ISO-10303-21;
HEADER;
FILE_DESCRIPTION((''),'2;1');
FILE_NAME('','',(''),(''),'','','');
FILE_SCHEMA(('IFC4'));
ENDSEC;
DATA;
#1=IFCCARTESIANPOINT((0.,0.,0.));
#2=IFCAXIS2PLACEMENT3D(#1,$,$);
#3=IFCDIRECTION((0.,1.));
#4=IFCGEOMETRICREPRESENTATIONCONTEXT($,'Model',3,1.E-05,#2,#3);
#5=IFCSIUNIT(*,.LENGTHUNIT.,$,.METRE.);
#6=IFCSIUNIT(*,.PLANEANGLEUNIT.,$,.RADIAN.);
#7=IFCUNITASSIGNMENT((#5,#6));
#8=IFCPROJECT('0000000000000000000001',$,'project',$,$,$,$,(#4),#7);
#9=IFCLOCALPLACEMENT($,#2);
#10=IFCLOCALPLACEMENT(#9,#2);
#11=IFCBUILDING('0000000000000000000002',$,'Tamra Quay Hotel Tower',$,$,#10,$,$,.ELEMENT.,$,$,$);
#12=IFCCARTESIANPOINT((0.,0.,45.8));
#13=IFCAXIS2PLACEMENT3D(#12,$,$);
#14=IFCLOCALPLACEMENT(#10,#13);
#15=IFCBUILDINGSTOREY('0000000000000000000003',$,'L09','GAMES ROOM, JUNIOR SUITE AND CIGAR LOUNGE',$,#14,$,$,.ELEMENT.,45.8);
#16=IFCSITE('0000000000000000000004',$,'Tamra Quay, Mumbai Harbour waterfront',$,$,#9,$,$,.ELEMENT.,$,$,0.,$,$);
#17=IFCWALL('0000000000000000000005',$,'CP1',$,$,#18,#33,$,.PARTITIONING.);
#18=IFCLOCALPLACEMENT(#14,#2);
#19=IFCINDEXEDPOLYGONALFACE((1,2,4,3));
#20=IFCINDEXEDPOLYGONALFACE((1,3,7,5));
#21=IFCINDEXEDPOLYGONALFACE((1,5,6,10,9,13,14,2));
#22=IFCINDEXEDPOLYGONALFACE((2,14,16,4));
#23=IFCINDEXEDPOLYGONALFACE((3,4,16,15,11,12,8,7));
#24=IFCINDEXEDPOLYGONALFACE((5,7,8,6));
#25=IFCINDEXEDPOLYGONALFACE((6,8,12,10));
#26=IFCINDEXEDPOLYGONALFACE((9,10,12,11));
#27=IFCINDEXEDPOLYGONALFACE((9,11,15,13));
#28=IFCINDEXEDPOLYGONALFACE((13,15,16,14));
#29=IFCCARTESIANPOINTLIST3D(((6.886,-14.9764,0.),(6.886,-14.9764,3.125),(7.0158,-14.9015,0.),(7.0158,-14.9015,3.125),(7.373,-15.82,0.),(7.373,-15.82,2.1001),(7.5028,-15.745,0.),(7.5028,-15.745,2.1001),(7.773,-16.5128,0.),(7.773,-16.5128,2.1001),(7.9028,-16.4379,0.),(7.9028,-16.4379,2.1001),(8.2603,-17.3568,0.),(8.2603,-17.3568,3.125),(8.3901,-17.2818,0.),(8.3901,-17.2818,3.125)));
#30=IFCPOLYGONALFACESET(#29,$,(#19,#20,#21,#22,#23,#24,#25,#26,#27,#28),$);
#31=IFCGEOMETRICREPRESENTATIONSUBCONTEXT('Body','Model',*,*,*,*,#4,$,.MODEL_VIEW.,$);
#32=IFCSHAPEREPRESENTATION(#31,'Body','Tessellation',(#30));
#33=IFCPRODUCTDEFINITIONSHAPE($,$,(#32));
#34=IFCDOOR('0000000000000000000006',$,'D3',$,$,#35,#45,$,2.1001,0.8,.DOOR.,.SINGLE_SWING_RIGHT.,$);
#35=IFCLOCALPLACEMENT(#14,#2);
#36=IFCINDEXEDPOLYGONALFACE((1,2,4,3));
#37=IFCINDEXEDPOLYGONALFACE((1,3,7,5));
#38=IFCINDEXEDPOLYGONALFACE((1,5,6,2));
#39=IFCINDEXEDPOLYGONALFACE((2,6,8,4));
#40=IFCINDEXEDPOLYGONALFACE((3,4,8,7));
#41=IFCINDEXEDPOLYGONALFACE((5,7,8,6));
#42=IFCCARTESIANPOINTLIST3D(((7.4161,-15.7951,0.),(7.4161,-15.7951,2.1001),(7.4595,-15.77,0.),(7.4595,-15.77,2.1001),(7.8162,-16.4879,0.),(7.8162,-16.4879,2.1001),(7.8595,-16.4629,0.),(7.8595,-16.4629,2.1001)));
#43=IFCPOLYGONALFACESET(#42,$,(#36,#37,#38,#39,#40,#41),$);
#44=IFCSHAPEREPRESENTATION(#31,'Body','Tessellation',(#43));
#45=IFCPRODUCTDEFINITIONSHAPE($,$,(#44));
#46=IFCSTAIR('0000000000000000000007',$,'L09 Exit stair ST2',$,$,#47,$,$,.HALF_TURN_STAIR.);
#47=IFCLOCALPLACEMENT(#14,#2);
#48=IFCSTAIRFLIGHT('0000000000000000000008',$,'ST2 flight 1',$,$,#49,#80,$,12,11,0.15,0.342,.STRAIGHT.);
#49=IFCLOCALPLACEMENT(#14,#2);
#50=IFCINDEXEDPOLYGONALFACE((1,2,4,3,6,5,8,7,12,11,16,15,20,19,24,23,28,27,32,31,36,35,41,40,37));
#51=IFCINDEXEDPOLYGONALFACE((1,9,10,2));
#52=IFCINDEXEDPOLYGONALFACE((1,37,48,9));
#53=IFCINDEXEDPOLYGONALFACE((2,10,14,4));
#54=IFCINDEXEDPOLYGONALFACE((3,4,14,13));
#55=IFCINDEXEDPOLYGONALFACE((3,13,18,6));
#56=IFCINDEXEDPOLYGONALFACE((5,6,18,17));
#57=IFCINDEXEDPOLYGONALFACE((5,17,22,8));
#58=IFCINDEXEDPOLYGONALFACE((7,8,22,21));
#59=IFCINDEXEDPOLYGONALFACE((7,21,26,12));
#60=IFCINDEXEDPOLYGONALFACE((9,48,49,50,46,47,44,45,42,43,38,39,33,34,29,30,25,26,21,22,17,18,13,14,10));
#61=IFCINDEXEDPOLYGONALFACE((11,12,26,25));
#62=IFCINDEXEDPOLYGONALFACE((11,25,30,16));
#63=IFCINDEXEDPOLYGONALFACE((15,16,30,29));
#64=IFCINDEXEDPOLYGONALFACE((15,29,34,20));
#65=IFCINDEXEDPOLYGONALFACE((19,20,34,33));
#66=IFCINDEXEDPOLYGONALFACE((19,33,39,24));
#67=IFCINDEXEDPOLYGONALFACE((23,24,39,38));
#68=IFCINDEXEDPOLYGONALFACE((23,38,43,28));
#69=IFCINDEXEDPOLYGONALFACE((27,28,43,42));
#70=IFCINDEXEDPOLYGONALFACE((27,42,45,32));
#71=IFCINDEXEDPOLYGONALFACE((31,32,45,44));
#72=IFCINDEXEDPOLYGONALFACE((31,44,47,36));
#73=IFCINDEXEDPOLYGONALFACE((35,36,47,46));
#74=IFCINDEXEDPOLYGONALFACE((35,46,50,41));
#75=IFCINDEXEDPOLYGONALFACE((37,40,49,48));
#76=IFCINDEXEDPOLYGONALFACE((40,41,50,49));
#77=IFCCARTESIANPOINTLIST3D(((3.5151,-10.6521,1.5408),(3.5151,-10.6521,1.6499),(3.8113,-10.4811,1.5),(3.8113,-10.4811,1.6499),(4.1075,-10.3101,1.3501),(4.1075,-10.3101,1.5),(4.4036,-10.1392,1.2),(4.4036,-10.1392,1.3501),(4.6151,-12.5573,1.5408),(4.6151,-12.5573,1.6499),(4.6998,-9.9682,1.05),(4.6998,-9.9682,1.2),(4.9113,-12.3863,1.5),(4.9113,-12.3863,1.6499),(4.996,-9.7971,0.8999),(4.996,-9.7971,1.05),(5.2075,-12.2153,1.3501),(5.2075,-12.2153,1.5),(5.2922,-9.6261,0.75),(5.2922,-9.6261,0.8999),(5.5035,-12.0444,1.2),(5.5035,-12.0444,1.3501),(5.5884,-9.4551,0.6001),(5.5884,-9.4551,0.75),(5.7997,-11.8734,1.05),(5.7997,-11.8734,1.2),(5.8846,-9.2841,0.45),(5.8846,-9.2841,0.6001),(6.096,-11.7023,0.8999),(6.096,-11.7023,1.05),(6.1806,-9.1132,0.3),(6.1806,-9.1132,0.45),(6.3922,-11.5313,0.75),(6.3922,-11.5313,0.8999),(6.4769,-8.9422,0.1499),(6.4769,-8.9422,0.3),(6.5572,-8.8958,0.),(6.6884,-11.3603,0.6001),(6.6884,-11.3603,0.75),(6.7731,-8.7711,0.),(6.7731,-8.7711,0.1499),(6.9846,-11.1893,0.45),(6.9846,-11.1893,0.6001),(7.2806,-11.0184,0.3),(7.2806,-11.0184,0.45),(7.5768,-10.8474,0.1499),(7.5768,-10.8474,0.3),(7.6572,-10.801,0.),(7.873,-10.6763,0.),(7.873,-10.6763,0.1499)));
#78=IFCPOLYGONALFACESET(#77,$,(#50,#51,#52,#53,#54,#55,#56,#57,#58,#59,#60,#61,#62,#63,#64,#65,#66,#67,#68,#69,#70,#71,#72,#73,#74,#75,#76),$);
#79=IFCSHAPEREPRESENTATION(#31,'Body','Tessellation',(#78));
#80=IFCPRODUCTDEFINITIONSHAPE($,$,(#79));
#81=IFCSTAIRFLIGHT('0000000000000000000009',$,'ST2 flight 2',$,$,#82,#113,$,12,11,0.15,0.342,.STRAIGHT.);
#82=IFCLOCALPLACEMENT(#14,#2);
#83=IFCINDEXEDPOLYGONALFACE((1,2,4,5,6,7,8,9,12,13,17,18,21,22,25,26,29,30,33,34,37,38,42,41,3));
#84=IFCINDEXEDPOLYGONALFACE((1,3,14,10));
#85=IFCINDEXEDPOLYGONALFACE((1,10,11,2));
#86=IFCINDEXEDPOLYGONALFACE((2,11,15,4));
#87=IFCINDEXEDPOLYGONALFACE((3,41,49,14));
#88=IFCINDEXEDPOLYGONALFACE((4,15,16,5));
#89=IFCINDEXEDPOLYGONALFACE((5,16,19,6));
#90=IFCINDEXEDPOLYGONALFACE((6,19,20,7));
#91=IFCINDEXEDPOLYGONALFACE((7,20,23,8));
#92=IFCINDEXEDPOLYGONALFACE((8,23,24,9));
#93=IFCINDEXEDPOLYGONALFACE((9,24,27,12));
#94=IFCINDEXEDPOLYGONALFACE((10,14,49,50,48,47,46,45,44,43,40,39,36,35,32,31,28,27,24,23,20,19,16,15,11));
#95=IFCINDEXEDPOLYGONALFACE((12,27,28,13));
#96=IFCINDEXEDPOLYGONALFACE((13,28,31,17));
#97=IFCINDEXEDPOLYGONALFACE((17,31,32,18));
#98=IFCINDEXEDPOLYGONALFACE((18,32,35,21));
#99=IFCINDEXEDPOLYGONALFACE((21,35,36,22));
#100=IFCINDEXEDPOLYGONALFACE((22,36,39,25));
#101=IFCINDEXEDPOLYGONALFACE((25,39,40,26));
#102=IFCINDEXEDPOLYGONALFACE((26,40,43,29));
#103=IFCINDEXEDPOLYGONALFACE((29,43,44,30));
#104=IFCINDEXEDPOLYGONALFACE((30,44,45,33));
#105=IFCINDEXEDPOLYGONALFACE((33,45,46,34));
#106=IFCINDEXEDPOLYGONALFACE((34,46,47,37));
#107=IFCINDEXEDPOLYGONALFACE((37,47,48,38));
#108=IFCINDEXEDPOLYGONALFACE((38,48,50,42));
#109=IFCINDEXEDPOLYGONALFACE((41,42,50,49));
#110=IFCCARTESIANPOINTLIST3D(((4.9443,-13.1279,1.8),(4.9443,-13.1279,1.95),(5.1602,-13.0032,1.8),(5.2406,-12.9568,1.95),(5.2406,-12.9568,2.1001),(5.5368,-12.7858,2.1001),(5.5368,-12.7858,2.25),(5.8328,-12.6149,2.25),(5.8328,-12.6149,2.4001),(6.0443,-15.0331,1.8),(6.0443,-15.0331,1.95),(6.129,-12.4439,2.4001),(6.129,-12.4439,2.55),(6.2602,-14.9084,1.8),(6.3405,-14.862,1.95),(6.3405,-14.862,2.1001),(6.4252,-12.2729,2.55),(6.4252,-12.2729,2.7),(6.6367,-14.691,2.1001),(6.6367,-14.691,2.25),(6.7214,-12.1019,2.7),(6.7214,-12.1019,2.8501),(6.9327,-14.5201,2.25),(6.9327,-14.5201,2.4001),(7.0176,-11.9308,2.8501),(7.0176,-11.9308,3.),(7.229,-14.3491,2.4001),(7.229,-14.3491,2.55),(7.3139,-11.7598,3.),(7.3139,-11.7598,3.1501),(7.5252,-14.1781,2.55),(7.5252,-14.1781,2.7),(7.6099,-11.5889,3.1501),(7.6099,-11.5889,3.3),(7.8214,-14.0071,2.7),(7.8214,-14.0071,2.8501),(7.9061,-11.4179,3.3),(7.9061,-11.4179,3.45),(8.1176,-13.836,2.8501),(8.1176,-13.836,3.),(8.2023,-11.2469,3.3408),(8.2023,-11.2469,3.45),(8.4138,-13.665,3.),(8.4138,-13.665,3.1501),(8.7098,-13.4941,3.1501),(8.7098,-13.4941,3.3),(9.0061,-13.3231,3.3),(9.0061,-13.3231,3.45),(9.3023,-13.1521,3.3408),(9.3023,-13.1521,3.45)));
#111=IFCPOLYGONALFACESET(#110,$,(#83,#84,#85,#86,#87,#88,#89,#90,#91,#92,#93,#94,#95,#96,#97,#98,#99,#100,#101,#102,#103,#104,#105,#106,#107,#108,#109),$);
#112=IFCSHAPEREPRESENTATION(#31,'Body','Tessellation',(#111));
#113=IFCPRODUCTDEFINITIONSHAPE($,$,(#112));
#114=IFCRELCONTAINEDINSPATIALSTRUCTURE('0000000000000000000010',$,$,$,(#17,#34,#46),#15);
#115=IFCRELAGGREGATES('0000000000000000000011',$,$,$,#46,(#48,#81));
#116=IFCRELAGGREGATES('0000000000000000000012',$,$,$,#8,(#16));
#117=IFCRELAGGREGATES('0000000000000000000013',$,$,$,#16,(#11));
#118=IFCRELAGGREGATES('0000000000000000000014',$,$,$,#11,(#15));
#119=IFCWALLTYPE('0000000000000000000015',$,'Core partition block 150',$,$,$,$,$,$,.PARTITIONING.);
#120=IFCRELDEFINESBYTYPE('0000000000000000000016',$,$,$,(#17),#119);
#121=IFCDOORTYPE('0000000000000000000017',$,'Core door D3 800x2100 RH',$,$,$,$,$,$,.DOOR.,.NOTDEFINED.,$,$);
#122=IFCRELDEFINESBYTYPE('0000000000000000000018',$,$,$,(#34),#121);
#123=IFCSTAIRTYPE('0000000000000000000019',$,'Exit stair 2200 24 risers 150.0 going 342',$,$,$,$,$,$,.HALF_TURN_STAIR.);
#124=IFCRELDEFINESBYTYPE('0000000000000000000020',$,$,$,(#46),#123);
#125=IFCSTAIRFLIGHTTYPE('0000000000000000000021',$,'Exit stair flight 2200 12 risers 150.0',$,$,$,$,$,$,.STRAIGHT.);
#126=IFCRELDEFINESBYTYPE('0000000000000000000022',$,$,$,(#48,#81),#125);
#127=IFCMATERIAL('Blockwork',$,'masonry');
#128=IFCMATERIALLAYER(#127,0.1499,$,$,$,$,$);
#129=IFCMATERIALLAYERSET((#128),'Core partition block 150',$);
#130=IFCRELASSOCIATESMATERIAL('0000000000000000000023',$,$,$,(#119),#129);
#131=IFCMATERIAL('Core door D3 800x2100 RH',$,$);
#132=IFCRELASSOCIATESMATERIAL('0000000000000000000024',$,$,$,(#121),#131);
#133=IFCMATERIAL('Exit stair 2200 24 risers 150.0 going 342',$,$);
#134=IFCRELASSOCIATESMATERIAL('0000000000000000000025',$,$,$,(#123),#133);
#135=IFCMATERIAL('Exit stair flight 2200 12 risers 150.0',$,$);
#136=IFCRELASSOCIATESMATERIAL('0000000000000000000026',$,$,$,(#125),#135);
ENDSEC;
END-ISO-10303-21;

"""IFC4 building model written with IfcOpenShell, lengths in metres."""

from ifc_helpers import new_model, si_unit, direction, frame, frame_2d, origin, place, context, subcontext, project, spatial, polyline, rectangle, outline, extrude, material, layer, layer_set, type_object, element, fill, aggregate, save


model = new_model("IFC4")

# Units and contexts
model_context = context("Model", 3, precision=1e-05, world=origin(), true_north=direction((0.0, 1.0)))
body_context = subcontext(model_context, "Body", "Model", "MODEL_VIEW")
ifc_project = project(units=[si_unit("LENGTHUNIT", "METRE"), si_unit("PLANEANGLEUNIT", "RADIAN")], contexts=[model_context])

# Site, building, storey
site_placement = place(None, origin())
site = spatial("IfcSite", under=ifc_project, at=site_placement, Name="Tamra Quay, Mumbai Harbour waterfront", CompositionType="ELEMENT", RefElevation=0.0)
building_placement = place(site_placement, origin())
building = spatial("IfcBuilding", under=site, at=building_placement, Name="Tamra Quay Hotel Tower", CompositionType="ELEMENT")
storey_placement = place(building_placement, frame((0.0, 0.0, 45.8)))
storey = spatial("IfcBuildingStorey", under=building, at=storey_placement, Name="L09", Description="GAMES ROOM, JUNIOR SUITE AND CIGAR LOUNGE", CompositionType="ELEMENT", Elevation=45.8)

# Shared definitions
ifc_material_1 = material(Name="Blockwork", Category="masonry")
ifc_layer_1 = layer(ifc_material_1, 0.1499)
ifc_layer_set_1 = layer_set([ifc_layer_1], Name="Core partition block 150")
wall_type_1 = type_object("IfcWallType", Name="Core partition block 150", PredefinedType="PARTITIONING", material=ifc_layer_set_1)

# Wall, opening, door
wall_1_placement = place(storey_placement, frame((6.9509, -14.939, 0.0), z_axis=(0.0, 0.0, 1.0), x_axis=(0.499989, -0.866032, 0.0)))
wall_1 = element("IfcWall", 1, at=wall_1_placement, inside=storey, type_object=wall_type_1, Name="CP1", PredefinedType="PARTITIONING", context=body_context, shape_type="SweptSolid", body=[
    extrude(rectangle(XDim=2.7485, YDim=0.1499, at=frame_2d((1.3743, 0.0))), origin(), (0.0, 0.0, 1.0), 3.125),
])
opening_1_placement = place(wall_1_placement, frame((0.9741, 0.0, 0.0)))
opening_1 = element("IfcOpeningElement", 2, at=opening_1_placement, cuts=wall_1, PredefinedType="OPENING", context=body_context, shape_type="SweptSolid", body=[
    extrude(rectangle(XDim=0.8, YDim=2.1001, at=frame_2d((0.3999, 1.05))), frame((0.0, 0.085, 0.0), z_axis=(0.0, -1.0, 0.0), x_axis=(1.0, 0.0, 0.0)), (0.0, 0.0, 1.0), 0.1699),
])
ifc_material_2 = material(Name="Core door D3 800x2100 RH")
door_type_1 = type_object("IfcDoorType", Name="Core door D3 800x2100 RH", OperationType="NOTDEFINED", PredefinedType="DOOR", material=ifc_material_2)
door_1_placement = place(opening_1_placement, origin())
door_1 = element("IfcDoor", 3, at=door_1_placement, inside=storey, type_object=door_type_1, Name="D3", OperationType="SINGLE_SWING_RIGHT", OverallHeight=2.1001, OverallWidth=0.8, PredefinedType="DOOR", context=body_context, shape_type="SweptSolid", body=[
    extrude(rectangle(XDim=0.8, YDim=2.1001, at=frame_2d((0.3999, 1.05))), frame((0.0, 0.0249, 0.0), z_axis=(0.0, -1.0, 0.0), x_axis=(1.0, 0.0, 0.0)), (0.0, 0.0, 1.0), 0.05),
])
fill(opening_1, door_1)

# Stair, stair flights
ifc_material_3 = material(Name="Exit stair 2200 24 risers 150.0 going 342")
stair_type = type_object("IfcStairType", Name="Exit stair 2200 24 risers 150.0 going 342", PredefinedType="HALF_TURN_STAIR", material=ifc_material_3)
stair_placement = place(storey_placement, origin())
stair = element("IfcStair", 4, at=stair_placement, inside=storey, type_object=stair_type, Name="L09 Exit stair ST2", PredefinedType="HALF_TURN_STAIR")
ifc_material_4 = material(Name="Exit stair flight 2200 12 risers 150.0")
stair_flight_type = type_object("IfcStairFlightType", Name="Exit stair flight 2200 12 risers 150.0", PredefinedType="STRAIGHT", material=ifc_material_4)
stair_flight_1_placement = place(storey_placement, frame((7.323, -9.7236, 0.0), z_axis=(0.0, 0.0, 1.0), x_axis=(-0.866025, -0.5, 0.0)))
stair_flight_1 = element("IfcStairFlight", 5, at=stair_flight_1_placement, type_object=stair_flight_type, Name="ST2 flight 1", NumberOfRisers=12, NumberOfTreads=11, PredefinedType="STRAIGHT", RiserHeight=0.15, TreadLength=0.342, context=body_context, shape_type="SweptSolid", body=[
    extrude(outline(polyline([(0.0, 0.0), (0.0, 0.1499), (0.342, 0.1499), (0.342, 0.3), (0.6841, 0.3), (0.6841, 0.45), (1.0259, 0.45), (1.0259, 0.6001), (1.3679, 0.6001), (1.3679, 0.75), (1.71, 0.75), (1.71, 0.8999), (2.052, 0.8999), (2.052, 1.05), (2.394, 1.05), (2.394, 1.2), (2.7361, 1.2), (2.7361, 1.3501), (3.0779, 1.3501), (3.0779, 1.5), (3.4199, 1.5), (3.4199, 1.6499), (3.762, 1.6499), (3.762, 1.8), (3.762, 1.5408), (0.2493, 0.0), (0.0, 0.0)])), frame((0.0, 1.1001, 0.0), z_axis=(0.0, -1.0, 0.0), x_axis=(1.0, 0.0, 0.0)), (0.0, 0.0, 1.0), 2.2),
])
stair_flight_2_placement = place(storey_placement, frame((5.4944, -14.0806, 1.8), z_axis=(0.0, 0.0, 1.0), x_axis=(0.866025, 0.5, 0.0)))
stair_flight_2 = element("IfcStairFlight", 6, at=stair_flight_2_placement, type_object=stair_flight_type, Name="ST2 flight 2", NumberOfRisers=12, NumberOfTreads=11, PredefinedType="STRAIGHT", RiserHeight=0.15, TreadLength=0.342, context=body_context, shape_type="SweptSolid", body=[
    extrude(outline(polyline([(0.0, 0.0), (0.0, 0.1499), (0.342, 0.1499), (0.342, 0.3), (0.6841, 0.3), (0.6841, 0.45), (1.0259, 0.45), (1.0259, 0.6001), (1.3679, 0.6001), (1.3679, 0.75), (1.71, 0.75), (1.71, 0.8999), (2.052, 0.8999), (2.052, 1.05), (2.394, 1.05), (2.394, 1.2), (2.7361, 1.2), (2.7361, 1.3501), (3.0779, 1.3501), (3.0779, 1.5), (3.4199, 1.5), (3.4199, 1.6499), (3.762, 1.6499), (3.762, 1.8), (3.762, 1.5408), (0.2493, 0.0), (0.0, 0.0)])), frame((0.0, 1.1001, 0.0), z_axis=(0.0, -1.0, 0.0), x_axis=(1.0, 0.0, 0.0)), (0.0, 0.0, 1.0), 2.2),
])
aggregate(stair, [stair_flight_1, stair_flight_2])

save(model, "model.ifc")
